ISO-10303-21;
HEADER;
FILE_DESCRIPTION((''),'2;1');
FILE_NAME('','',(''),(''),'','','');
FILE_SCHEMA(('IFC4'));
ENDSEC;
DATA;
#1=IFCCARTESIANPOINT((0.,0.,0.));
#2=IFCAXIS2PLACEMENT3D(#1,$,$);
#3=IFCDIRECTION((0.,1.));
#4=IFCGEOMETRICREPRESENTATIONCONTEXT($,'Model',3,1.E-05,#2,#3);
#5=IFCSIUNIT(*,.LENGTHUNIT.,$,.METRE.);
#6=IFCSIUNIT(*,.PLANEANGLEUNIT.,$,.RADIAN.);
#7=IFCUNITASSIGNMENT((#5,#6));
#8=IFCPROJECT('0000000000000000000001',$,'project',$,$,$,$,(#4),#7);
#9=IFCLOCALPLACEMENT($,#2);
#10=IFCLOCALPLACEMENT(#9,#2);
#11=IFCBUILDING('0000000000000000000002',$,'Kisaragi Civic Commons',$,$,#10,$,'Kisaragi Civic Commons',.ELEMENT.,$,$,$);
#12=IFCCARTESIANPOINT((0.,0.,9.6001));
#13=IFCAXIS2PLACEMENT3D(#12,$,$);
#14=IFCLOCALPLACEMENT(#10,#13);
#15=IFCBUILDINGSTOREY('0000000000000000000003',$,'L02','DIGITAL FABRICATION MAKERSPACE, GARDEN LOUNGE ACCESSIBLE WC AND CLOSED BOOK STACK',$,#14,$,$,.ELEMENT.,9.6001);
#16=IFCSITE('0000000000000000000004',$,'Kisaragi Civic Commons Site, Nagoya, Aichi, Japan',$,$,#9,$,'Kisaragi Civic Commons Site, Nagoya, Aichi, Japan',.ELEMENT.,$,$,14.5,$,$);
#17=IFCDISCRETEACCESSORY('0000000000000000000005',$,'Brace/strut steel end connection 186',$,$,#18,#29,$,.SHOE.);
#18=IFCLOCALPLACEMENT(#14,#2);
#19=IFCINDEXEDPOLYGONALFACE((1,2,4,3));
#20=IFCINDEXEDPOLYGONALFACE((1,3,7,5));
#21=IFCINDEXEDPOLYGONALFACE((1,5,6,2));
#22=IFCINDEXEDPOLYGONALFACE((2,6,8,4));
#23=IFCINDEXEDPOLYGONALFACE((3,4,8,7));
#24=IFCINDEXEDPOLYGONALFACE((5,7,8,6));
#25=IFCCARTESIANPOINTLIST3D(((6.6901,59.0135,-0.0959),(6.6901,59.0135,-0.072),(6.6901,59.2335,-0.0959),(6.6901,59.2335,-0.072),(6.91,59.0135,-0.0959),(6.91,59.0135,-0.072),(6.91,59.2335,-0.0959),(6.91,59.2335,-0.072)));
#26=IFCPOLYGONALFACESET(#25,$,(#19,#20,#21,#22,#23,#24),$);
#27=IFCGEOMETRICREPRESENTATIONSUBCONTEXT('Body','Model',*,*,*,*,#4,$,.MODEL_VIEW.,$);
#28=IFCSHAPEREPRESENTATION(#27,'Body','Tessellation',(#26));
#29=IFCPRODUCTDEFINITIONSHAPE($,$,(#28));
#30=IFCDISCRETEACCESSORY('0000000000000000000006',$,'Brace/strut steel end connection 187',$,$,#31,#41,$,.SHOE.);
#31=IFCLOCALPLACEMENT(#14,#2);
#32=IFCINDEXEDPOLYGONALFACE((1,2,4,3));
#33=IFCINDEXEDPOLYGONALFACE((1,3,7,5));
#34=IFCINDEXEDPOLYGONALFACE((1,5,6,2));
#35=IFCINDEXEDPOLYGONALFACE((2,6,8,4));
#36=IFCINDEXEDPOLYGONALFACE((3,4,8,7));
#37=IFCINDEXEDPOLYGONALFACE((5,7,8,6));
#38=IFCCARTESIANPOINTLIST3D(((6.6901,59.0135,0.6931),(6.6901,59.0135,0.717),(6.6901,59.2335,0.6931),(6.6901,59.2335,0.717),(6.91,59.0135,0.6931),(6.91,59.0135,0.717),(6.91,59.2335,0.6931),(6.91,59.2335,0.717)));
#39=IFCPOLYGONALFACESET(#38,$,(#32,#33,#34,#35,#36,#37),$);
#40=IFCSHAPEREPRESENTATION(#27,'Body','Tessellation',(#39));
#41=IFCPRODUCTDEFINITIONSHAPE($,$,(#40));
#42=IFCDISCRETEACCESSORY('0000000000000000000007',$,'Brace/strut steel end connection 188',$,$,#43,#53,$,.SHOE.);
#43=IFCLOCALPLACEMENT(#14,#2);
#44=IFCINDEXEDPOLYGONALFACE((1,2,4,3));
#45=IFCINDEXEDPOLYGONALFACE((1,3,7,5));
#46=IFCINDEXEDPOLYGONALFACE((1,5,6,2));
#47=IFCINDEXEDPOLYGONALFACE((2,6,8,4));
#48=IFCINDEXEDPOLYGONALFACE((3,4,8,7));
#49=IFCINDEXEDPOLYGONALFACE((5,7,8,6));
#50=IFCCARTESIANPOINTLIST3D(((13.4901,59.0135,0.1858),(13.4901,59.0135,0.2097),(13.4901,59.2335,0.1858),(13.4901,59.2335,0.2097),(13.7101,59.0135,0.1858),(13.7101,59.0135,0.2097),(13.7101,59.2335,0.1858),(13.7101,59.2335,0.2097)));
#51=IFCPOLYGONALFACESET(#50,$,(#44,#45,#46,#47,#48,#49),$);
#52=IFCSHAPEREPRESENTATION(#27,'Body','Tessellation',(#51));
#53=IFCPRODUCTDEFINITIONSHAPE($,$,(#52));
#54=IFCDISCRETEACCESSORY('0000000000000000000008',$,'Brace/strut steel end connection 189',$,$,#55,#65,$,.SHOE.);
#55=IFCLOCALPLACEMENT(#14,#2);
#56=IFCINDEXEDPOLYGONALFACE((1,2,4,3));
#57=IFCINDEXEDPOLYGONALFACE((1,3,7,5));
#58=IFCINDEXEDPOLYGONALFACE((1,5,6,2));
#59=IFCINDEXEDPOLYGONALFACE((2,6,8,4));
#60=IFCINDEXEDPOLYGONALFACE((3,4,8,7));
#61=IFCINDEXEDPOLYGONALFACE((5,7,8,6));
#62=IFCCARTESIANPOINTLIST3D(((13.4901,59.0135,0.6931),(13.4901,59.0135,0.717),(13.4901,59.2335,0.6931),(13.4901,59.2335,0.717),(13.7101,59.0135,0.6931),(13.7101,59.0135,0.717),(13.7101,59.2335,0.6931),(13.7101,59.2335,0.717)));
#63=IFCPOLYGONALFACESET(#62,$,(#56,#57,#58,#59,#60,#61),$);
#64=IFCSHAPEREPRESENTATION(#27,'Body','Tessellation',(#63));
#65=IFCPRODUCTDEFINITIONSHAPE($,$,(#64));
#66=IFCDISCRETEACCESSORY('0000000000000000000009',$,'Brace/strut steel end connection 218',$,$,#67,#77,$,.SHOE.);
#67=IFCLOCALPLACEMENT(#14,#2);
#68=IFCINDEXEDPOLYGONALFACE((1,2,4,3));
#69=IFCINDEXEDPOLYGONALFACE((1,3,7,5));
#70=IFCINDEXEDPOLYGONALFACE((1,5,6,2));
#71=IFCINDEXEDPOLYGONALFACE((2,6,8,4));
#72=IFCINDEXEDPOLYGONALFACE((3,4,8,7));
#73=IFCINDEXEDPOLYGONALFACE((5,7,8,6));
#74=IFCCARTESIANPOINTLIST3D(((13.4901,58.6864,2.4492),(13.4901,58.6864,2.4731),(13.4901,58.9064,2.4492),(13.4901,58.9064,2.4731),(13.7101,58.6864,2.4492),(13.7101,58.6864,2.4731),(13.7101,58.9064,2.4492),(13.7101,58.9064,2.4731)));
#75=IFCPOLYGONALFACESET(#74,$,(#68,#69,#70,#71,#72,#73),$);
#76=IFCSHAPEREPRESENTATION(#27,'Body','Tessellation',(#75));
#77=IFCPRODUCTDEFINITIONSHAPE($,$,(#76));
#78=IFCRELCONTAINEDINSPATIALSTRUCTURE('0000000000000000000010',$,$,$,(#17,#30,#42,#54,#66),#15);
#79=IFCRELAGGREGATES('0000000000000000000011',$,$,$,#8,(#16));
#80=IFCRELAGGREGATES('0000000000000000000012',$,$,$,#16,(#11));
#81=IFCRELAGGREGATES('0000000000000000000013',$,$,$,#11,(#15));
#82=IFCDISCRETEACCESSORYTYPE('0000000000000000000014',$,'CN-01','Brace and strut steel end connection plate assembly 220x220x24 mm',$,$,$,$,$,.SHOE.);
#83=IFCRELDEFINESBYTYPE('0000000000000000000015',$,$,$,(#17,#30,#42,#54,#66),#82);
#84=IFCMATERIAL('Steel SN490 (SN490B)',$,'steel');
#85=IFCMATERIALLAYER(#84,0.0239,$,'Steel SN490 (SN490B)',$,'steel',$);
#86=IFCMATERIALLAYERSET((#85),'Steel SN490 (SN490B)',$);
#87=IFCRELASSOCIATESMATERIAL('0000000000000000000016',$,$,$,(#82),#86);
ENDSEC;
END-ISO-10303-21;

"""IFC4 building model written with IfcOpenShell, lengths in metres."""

from ifc_helpers import new_model, si_unit, direction, frame, origin, origin_2d, place, context, subcontext, project, spatial, rectangle, extrude, material, layer, layer_set, type_object, element, save


model = new_model("IFC4")

# Units and contexts
model_context = context("Model", 3, precision=1e-05, world=origin(), true_north=direction((0.0, 1.0)))
body_context = subcontext(model_context, "Body", "Model", "MODEL_VIEW")
ifc_project = project(units=[si_unit("LENGTHUNIT", "METRE"), si_unit("PLANEANGLEUNIT", "RADIAN")], contexts=[model_context])

# Site, building, storey
site_placement = place(None, origin())
site = spatial("IfcSite", under=ifc_project, at=site_placement, Name="Kisaragi Civic Commons Site, Nagoya, Aichi, Japan", LongName="Kisaragi Civic Commons Site, Nagoya, Aichi, Japan", CompositionType="ELEMENT", RefElevation=14.5)
building_placement = place(site_placement, origin())
building = spatial("IfcBuilding", under=site, at=building_placement, Name="Kisaragi Civic Commons", LongName="Kisaragi Civic Commons", CompositionType="ELEMENT")
storey_placement = place(building_placement, frame((0.0, 0.0, 9.6001)))
storey = spatial("IfcBuildingStorey", under=building, at=storey_placement, Name="L02", Description="DIGITAL FABRICATION MAKERSPACE, GARDEN LOUNGE ACCESSIBLE WC AND CLOSED BOOK STACK", CompositionType="ELEMENT", Elevation=9.6001)

# Shared definitions
ifc_material_1 = material(Name="Steel SN490 (SN490B)", Category="steel")

# Discrete accessories
ifc_layer_1 = layer(ifc_material_1, 0.0239, Name="Steel SN490 (SN490B)", Category="steel")
ifc_layer_set_1 = layer_set([ifc_layer_1], Name="Steel SN490 (SN490B)")
discrete_accessory_type = type_object("IfcDiscreteAccessoryType", Name="CN-01", Description="Brace and strut steel end connection plate assembly 220x220x24 mm", PredefinedType="SHOE", material=ifc_layer_set_1)
for number, where, z_axis, x_axis, name in (
    (1, (6.8, 59.1235, -0.0959), (0.0, 0.0, 1.0), (1.0, 0.0, 0.0), "Brace/strut steel end connection 186"),
    (2, (6.8, 59.1235, 0.6931), (0.0, 0.0, 1.0), (1.0, 0.0, 0.0), "Brace/strut steel end connection 187"),
    (3, (13.6001, 59.1235, 0.1858), (0.0, 0.0, 1.0), (1.0, 0.0, 0.0), "Brace/strut steel end connection 188"),
    (4, (13.6001, 59.1235, 0.6931), (0.0, 0.0, 1.0), (1.0, 0.0, 0.0), "Brace/strut steel end connection 189"),
    (5, (13.6001, 58.7964, 2.4492), (0.0, 0.0, 1.0), (1.0, 0.0, 0.0), "Brace/strut steel end connection 218"),
):
    element("IfcDiscreteAccessory", number, at=place(storey_placement, frame(where, z_axis=z_axis, x_axis=x_axis)), inside=storey, type_object=discrete_accessory_type, Name=name, PredefinedType="SHOE", context=body_context, shape_type="SweptSolid", body=[
        extrude(rectangle(XDim=0.22, YDim=0.22, at=origin_2d()), origin(), (0.0, 0.0, 1.0), 0.0239),
    ])

save(model, "model.ifc")
